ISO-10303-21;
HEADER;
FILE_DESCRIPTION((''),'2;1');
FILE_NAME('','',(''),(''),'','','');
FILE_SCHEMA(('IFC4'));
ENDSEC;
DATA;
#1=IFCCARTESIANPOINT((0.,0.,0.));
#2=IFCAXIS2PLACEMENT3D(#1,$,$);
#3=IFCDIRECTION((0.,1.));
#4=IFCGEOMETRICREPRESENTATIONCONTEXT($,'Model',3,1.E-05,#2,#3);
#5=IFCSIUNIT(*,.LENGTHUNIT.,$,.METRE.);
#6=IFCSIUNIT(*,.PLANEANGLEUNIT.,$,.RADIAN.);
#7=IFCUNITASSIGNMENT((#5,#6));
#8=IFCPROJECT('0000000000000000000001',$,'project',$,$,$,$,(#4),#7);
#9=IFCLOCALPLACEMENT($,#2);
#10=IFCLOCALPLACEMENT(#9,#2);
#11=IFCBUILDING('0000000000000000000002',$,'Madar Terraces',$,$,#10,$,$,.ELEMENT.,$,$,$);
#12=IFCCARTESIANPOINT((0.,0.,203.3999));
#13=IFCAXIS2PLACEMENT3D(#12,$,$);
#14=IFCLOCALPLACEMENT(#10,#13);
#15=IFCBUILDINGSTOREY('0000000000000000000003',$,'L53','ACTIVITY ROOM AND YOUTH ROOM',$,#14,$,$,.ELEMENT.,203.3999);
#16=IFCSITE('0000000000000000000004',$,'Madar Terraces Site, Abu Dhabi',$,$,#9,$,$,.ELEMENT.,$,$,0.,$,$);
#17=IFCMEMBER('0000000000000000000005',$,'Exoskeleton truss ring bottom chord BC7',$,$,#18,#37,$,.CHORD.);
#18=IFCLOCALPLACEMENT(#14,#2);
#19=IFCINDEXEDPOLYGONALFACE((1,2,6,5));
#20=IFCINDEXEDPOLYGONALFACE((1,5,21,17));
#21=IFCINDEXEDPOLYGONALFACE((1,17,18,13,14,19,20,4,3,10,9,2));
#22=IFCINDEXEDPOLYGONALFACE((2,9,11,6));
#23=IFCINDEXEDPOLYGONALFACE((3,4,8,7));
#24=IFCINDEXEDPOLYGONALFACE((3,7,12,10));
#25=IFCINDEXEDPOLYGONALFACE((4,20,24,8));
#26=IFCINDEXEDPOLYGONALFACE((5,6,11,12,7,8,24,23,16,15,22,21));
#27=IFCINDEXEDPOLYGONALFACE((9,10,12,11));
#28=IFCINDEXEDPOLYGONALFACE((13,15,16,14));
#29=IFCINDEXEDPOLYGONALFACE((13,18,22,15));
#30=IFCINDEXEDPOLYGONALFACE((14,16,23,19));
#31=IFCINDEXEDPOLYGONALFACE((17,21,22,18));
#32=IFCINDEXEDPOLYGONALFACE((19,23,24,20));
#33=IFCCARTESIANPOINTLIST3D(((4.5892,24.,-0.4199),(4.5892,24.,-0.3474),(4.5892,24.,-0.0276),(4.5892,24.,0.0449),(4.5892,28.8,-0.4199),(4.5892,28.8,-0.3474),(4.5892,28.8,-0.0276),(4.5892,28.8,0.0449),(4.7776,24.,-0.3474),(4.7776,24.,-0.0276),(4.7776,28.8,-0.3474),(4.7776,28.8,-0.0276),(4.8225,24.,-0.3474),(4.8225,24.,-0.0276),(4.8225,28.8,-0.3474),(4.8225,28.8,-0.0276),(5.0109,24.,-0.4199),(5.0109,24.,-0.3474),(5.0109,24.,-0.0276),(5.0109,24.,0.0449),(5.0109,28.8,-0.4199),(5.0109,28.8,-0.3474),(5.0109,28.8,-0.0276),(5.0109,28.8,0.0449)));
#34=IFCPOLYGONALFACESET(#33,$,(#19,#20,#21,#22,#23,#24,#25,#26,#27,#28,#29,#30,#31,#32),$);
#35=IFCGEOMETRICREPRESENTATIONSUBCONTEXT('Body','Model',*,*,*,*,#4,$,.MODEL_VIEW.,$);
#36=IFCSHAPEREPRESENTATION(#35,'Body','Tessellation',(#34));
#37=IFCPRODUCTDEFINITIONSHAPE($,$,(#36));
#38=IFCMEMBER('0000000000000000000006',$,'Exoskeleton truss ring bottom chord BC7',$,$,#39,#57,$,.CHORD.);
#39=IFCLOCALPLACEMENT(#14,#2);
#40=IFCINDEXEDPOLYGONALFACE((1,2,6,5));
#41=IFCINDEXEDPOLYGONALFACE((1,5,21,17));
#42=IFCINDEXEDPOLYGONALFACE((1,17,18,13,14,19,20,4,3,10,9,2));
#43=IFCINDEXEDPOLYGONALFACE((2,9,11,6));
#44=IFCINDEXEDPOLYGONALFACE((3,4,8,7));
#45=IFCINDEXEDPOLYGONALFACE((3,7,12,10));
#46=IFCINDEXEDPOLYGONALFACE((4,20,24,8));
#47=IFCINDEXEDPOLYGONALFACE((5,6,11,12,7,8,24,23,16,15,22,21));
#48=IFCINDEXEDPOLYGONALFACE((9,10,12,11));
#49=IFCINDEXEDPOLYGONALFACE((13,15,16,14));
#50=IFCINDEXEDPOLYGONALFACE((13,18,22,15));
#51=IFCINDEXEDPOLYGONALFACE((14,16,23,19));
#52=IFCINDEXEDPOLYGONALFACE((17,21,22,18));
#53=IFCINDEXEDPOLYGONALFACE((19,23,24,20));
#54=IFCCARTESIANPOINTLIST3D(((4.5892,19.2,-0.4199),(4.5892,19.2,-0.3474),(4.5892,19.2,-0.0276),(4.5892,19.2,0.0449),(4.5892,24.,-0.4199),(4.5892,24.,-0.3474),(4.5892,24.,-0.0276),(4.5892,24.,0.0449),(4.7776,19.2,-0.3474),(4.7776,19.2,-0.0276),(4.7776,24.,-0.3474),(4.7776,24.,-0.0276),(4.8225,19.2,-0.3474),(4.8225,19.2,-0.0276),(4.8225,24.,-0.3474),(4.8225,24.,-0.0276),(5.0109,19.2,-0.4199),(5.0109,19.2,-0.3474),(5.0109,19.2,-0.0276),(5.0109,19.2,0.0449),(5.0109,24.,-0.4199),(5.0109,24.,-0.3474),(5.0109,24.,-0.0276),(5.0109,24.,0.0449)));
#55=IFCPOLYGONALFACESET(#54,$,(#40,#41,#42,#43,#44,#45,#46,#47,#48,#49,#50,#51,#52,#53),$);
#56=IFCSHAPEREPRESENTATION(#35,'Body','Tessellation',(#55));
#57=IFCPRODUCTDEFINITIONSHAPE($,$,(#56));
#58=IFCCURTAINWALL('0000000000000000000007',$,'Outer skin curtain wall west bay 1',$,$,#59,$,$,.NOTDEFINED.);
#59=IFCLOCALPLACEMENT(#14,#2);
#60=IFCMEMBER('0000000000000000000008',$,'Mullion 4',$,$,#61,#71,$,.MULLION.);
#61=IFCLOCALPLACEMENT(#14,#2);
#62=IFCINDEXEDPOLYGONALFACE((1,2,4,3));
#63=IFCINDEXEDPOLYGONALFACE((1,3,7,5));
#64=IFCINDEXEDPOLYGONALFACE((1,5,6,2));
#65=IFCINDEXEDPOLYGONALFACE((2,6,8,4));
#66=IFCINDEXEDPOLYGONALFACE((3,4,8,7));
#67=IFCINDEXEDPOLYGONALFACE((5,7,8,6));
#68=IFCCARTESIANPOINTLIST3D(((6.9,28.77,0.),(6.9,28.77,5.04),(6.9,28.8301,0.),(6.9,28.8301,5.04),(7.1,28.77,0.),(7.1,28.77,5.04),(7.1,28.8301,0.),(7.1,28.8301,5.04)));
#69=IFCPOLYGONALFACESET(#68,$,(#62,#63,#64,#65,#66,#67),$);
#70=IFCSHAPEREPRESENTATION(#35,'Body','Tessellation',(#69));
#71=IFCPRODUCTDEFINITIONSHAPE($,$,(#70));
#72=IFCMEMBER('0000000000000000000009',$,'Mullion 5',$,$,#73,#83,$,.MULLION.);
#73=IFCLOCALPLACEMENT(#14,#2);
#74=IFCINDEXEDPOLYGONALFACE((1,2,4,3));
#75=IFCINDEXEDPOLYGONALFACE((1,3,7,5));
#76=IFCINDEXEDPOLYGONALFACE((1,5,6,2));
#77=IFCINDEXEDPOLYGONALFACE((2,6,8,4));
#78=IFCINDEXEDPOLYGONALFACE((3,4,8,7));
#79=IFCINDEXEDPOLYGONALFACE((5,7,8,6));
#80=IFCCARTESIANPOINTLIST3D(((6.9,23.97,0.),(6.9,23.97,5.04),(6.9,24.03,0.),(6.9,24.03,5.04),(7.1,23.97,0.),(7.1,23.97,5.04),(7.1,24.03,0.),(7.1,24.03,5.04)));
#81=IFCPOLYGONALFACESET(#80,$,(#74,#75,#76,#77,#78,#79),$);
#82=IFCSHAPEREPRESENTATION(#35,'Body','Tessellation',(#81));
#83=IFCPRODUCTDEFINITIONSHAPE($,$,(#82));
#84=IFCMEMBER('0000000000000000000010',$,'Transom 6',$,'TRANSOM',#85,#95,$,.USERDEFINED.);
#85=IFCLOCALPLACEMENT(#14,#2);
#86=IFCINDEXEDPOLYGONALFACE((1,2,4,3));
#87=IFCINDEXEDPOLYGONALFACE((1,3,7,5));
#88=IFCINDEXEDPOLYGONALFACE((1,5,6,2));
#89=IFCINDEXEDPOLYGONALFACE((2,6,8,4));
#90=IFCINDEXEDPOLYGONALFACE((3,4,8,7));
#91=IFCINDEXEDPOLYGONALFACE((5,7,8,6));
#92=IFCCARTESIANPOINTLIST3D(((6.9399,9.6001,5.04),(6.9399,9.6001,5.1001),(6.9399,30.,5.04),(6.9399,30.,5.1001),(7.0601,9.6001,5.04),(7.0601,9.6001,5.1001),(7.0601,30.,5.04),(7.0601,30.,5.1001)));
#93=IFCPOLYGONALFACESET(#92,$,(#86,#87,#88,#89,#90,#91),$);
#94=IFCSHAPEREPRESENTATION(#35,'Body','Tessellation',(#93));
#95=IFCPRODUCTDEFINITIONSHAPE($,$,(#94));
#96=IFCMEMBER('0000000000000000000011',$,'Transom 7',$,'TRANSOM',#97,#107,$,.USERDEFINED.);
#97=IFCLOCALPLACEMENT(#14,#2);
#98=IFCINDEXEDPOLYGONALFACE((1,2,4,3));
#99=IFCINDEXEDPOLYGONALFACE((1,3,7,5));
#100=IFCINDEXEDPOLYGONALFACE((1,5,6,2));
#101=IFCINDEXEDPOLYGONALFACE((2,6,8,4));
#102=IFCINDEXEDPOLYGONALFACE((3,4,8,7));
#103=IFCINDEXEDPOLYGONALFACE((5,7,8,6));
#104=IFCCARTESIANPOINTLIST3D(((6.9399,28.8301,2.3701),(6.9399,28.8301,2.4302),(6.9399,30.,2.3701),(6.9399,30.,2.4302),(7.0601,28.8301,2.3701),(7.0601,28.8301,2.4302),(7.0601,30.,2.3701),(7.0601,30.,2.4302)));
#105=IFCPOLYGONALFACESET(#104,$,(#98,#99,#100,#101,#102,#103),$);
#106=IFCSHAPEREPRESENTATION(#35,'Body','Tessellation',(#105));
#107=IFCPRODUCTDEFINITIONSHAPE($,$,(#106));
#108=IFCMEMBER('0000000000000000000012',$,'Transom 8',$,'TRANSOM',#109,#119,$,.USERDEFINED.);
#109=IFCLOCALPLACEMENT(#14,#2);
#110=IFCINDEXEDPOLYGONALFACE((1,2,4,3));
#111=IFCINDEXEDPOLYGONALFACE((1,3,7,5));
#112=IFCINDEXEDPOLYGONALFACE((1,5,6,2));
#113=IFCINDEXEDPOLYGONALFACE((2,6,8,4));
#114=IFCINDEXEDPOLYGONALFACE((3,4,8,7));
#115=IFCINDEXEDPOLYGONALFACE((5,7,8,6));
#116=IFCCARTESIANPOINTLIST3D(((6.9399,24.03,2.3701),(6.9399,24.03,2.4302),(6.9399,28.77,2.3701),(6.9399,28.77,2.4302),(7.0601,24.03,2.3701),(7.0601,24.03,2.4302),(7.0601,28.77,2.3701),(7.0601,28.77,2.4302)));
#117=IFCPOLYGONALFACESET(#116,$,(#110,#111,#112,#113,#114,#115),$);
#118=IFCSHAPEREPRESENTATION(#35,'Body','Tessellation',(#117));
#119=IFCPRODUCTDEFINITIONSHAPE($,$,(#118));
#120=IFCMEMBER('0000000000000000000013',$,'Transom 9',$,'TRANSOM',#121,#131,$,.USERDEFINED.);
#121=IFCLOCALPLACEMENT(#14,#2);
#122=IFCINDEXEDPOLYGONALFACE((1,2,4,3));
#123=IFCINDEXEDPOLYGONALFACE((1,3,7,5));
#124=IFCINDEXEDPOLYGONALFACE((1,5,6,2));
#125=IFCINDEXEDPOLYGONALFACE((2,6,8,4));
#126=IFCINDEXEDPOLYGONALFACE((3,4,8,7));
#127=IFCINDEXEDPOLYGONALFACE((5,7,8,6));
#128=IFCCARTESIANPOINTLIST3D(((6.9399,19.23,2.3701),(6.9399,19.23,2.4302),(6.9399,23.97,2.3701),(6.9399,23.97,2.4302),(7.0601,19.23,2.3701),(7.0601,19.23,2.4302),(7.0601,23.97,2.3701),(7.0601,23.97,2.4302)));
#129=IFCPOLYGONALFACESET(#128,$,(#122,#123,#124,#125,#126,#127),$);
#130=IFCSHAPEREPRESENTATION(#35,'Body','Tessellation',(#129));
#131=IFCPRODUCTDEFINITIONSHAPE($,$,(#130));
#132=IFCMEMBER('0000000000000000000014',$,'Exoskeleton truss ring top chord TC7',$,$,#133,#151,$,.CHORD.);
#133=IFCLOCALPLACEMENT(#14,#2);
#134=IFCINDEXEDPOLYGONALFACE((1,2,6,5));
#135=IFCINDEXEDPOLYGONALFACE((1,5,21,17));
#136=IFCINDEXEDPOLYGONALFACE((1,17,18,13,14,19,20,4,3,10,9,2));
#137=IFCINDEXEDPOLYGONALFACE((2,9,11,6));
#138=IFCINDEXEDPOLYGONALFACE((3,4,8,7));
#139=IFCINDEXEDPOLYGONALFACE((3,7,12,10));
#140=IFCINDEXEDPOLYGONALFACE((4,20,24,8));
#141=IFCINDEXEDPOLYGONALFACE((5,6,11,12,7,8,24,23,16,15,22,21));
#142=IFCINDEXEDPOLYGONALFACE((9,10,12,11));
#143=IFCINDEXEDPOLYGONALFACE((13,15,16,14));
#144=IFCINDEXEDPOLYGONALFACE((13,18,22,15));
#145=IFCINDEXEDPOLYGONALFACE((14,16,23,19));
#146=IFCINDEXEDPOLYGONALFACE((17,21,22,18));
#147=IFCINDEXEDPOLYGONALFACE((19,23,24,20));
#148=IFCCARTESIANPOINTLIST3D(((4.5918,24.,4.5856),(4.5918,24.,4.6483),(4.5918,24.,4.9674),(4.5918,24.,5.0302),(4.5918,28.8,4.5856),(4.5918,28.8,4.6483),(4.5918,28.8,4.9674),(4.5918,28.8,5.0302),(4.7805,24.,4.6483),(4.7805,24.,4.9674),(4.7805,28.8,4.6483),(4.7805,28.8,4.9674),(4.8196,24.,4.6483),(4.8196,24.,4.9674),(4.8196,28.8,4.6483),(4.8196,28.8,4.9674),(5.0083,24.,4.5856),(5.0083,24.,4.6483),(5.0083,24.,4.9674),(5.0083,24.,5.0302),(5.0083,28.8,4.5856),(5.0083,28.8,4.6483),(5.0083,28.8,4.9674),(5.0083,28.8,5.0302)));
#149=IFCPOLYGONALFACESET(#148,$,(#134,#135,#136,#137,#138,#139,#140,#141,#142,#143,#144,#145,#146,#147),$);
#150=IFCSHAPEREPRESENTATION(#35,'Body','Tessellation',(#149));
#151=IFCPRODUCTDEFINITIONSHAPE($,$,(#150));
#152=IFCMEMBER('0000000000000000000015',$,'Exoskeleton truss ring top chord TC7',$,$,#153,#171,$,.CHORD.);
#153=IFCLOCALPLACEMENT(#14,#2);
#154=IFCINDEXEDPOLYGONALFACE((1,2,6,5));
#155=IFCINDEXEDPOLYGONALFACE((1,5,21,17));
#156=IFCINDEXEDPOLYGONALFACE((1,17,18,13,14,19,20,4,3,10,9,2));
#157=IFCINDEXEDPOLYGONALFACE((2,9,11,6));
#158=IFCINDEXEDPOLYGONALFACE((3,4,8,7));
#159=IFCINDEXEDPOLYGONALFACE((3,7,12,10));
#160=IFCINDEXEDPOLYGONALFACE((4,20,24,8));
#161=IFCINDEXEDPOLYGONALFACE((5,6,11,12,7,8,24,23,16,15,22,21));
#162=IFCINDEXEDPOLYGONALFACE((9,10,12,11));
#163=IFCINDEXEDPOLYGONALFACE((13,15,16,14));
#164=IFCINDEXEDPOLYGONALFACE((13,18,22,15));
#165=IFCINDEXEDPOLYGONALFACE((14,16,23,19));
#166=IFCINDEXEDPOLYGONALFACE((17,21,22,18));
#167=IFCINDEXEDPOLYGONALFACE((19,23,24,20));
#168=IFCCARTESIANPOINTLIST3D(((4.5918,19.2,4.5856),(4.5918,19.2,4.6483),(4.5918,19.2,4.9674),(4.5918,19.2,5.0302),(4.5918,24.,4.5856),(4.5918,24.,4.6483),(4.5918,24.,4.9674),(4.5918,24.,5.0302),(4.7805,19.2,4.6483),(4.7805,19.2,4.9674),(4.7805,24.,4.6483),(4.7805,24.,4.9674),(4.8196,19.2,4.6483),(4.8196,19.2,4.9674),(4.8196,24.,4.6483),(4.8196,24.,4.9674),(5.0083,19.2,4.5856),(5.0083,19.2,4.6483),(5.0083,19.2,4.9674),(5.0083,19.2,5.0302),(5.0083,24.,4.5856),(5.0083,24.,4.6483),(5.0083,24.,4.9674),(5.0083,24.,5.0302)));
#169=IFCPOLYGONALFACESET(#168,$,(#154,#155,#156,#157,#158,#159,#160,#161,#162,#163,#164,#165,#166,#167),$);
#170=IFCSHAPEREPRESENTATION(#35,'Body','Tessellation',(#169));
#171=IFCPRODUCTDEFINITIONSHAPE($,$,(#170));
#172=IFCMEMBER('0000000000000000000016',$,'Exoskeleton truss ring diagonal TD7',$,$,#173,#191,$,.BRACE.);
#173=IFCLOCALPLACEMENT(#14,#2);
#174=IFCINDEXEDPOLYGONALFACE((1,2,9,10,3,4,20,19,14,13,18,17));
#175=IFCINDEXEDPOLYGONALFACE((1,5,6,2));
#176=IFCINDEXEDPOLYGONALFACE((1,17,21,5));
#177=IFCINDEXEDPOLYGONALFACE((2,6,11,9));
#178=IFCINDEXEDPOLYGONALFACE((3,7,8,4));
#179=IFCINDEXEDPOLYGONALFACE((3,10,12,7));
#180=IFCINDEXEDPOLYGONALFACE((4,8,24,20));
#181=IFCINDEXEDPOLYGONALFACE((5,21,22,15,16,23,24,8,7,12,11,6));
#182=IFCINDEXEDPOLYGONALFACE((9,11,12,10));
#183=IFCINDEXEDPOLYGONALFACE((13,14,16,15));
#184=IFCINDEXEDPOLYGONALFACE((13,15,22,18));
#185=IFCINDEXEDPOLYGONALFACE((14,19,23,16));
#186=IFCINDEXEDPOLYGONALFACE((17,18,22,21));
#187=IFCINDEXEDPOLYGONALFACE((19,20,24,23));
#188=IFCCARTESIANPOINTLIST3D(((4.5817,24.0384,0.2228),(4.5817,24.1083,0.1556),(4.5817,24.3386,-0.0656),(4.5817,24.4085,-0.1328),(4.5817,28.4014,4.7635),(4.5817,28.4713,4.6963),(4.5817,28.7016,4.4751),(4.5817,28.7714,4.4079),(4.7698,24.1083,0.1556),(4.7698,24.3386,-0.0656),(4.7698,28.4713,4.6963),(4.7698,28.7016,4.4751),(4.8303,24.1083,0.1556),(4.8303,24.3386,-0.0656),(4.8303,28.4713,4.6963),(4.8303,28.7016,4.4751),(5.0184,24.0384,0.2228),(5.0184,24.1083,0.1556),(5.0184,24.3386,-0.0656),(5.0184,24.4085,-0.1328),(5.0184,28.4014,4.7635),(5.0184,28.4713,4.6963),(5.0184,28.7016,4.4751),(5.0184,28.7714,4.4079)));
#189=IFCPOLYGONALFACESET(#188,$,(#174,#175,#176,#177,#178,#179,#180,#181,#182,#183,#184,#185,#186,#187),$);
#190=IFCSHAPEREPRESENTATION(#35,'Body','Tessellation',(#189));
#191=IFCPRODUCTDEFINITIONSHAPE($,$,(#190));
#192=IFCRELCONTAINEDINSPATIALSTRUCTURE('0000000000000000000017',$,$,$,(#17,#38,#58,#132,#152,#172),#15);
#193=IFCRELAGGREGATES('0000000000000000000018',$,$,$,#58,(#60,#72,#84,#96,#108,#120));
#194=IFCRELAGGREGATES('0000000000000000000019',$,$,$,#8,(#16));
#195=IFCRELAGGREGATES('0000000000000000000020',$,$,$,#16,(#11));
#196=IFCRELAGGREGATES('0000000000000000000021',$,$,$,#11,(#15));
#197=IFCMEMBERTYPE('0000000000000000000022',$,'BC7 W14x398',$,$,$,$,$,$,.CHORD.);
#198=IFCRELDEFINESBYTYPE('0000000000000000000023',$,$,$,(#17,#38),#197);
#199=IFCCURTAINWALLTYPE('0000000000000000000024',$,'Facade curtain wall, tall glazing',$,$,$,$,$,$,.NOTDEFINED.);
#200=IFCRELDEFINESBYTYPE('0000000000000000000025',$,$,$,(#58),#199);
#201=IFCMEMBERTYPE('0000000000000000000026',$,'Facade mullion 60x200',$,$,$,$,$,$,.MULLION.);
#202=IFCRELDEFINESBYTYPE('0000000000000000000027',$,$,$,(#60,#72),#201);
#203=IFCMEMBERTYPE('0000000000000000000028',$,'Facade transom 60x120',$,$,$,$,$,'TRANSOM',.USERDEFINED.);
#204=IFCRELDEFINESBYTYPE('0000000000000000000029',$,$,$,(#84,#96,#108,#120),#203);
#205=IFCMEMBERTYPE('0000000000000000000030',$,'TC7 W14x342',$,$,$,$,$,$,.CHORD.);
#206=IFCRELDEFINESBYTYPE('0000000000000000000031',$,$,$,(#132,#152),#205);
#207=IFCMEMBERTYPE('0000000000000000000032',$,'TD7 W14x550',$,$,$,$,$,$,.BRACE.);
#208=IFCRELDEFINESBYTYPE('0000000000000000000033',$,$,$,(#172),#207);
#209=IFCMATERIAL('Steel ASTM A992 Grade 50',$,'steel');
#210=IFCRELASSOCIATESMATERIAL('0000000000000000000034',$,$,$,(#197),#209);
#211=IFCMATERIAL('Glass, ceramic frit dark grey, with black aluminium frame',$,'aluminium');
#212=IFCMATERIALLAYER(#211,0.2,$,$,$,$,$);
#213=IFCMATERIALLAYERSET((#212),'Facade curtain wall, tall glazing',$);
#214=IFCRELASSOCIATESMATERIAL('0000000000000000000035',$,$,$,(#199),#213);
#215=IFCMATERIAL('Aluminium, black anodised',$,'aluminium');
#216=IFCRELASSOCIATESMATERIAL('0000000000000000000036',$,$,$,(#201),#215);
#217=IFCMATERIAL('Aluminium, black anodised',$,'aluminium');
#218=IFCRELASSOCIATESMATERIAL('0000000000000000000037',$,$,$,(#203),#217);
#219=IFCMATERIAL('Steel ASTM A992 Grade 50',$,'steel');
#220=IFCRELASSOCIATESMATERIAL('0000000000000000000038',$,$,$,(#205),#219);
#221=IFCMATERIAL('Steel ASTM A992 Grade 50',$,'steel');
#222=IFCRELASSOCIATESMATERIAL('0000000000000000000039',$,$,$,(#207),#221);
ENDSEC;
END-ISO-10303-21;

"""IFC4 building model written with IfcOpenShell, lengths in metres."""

from ifc_helpers import new_model, si_unit, direction, frame, origin, origin_2d, place, context, subcontext, project, spatial, rectangle, i_section, extrude, material, layer, layer_set, material_profile, profile_set, type_object, element, aggregate, save


model = new_model("IFC4")

# Units and contexts
model_context = context("Model", 3, precision=1e-05, world=origin(), true_north=direction((0.0, 1.0)))
body_context = subcontext(model_context, "Body", "Model", "MODEL_VIEW")
ifc_project = project(units=[si_unit("LENGTHUNIT", "METRE"), si_unit("PLANEANGLEUNIT", "RADIAN")], contexts=[model_context])

# Site, building, storey
site_placement = place(None, origin())
site = spatial("IfcSite", under=ifc_project, at=site_placement, Name="Madar Terraces Site, Abu Dhabi", CompositionType="ELEMENT", RefElevation=0.0)
building_placement = place(site_placement, origin())
building = spatial("IfcBuilding", under=site, at=building_placement, Name="Madar Terraces", CompositionType="ELEMENT")
storey_placement = place(building_placement, frame((0.0, 0.0, 203.3999)))
storey = spatial("IfcBuildingStorey", under=building, at=storey_placement, Name="L53", Description="ACTIVITY ROOM AND YOUTH ROOM", CompositionType="ELEMENT", Elevation=203.3999)

# Members
ifc_material_1 = material(Name="Steel ASTM A992 Grade 50", Category="steel")
ifc_material_profile_1 = material_profile(ifc_material_1, i_section(OverallWidth=0.4216, OverallDepth=0.4648, WebThickness=0.0449, FlangeThickness=0.0725, at=origin_2d()), Name="W14x398")
ifc_profile_set_1 = profile_set([ifc_material_profile_1], Name="Steel ASTM A992 Grade 50")
member_type_1 = type_object("IfcMemberType", Name="BC7 W14x398", PredefinedType="CHORD", material=ifc_profile_set_1)
for number, where, z_axis, x_axis, name in (
    (1, (4.8, 28.8, -0.1875), (0.0, -1.0, 0.0), (1.0, 0.0, 0.0), "Exoskeleton truss ring bottom chord BC7"),
    (2, (4.8, 24.0, -0.1875), (0.0, -1.0, 0.0), (1.0, 0.0, 0.0), "Exoskeleton truss ring bottom chord BC7"),
):
    element("IfcMember", number, at=place(storey_placement, frame(where, z_axis=z_axis, x_axis=x_axis)), inside=storey, type_object=member_type_1, Name=name, PredefinedType="CHORD", context=body_context, shape_type="SweptSolid", body=[
        extrude(i_section(OverallWidth=0.4216, OverallDepth=0.4648, WebThickness=0.0449, FlangeThickness=0.0725, at=origin_2d()), origin(), (0.0, 0.0, 1.0), 4.8),
    ])

# Curtain wall, members
ifc_material_2 = material(Name="Glass, ceramic frit dark grey, with black aluminium frame", Category="aluminium")
ifc_layer_1 = layer(ifc_material_2, 0.2)
ifc_layer_set_1 = layer_set([ifc_layer_1], Name="Facade curtain wall, tall glazing")
curtain_wall_type = type_object("IfcCurtainWallType", Name="Facade curtain wall, tall glazing", PredefinedType="NOTDEFINED", material=ifc_layer_set_1)
curtain_wall_placement = place(storey_placement, origin())
curtain_wall = element("IfcCurtainWall", 3, at=curtain_wall_placement, inside=storey, type_object=curtain_wall_type, Name="Outer skin curtain wall west bay 1", PredefinedType="NOTDEFINED")
ifc_material_3 = material(Name="Aluminium, black anodised", Category="aluminium")
ifc_material_profile_2 = material_profile(ifc_material_3, rectangle(XDim=0.2, YDim=0.0601, at=origin_2d()), Name="Facade mullion 60x200")
ifc_profile_set_2 = profile_set([ifc_material_profile_2], Name="Aluminium, black anodised")
member_type_2 = type_object("IfcMemberType", Name="Facade mullion 60x200", PredefinedType="MULLION", material=ifc_profile_set_2)
member_1_placement = place(storey_placement, frame((7.0, 28.8, 0.0), z_axis=(0.0, 0.0, 1.0), x_axis=(1.0, 0.0, 0.0)))
member_1 = element("IfcMember", 4, at=member_1_placement, type_object=member_type_2, Name="Mullion 4", PredefinedType="MULLION", context=body_context, shape_type="SweptSolid", body=[
    extrude(rectangle(XDim=0.2, YDim=0.0601, at=origin_2d()), origin(), (0.0, 0.0, 1.0), 5.04),
])
member_2_placement = place(storey_placement, frame((7.0, 24.0, 0.0), z_axis=(0.0, 0.0, 1.0), x_axis=(1.0, 0.0, 0.0)))
member_2 = element("IfcMember", 5, at=member_2_placement, type_object=member_type_2, Name="Mullion 5", PredefinedType="MULLION", context=body_context, shape_type="SweptSolid", body=[
    extrude(rectangle(XDim=0.2, YDim=0.0601, at=origin_2d()), origin(), (0.0, 0.0, 1.0), 5.04),
])
ifc_material_4 = material(Name="Aluminium, black anodised", Category="aluminium")
ifc_material_profile_3 = material_profile(ifc_material_4, rectangle(XDim=0.1201, YDim=0.0601, at=origin_2d()), Name="Facade transom 60x120")
ifc_profile_set_3 = profile_set([ifc_material_profile_3], Name="Aluminium, black anodised")
member_type_3 = type_object("IfcMemberType", Name="Facade transom 60x120", ElementType="TRANSOM", PredefinedType="USERDEFINED", material=ifc_profile_set_3)
member_3_placement = place(storey_placement, frame((7.0, 30.0, 5.0701), z_axis=(0.0, -1.0, 0.0), x_axis=(1.0, 0.0, 0.0)))
member_3 = element("IfcMember", 6, at=member_3_placement, type_object=member_type_3, Name="Transom 6", ObjectType="TRANSOM", PredefinedType="USERDEFINED", context=body_context, shape_type="SweptSolid", body=[
    extrude(rectangle(XDim=0.1201, YDim=0.0601, at=origin_2d()), origin(), (0.0, 0.0, 1.0), 20.3999),
])
member_4_placement = place(storey_placement, frame((7.0, 30.0, 2.4001), z_axis=(0.0, -1.0, 0.0), x_axis=(1.0, 0.0, 0.0)))
member_4 = element("IfcMember", 7, at=member_4_placement, type_object=member_type_3, Name="Transom 7", ObjectType="TRANSOM", PredefinedType="USERDEFINED", context=body_context, shape_type="SweptSolid", body=[
    extrude(rectangle(XDim=0.1201, YDim=0.0601, at=origin_2d()), origin(), (0.0, 0.0, 1.0), 1.1699),
])
member_5_placement = place(storey_placement, frame((7.0, 28.77, 2.4001), z_axis=(0.0, -1.0, 0.0), x_axis=(1.0, 0.0, 0.0)))
member_5 = element("IfcMember", 8, at=member_5_placement, type_object=member_type_3, Name="Transom 8", ObjectType="TRANSOM", PredefinedType="USERDEFINED", context=body_context, shape_type="SweptSolid", body=[
    extrude(rectangle(XDim=0.1201, YDim=0.0601, at=origin_2d()), origin(), (0.0, 0.0, 1.0), 4.74),
])
member_6_placement = place(storey_placement, frame((7.0, 23.97, 2.4001), z_axis=(0.0, -1.0, 0.0), x_axis=(1.0, 0.0, 0.0)))
member_6 = element("IfcMember", 9, at=member_6_placement, type_object=member_type_3, Name="Transom 9", ObjectType="TRANSOM", PredefinedType="USERDEFINED", context=body_context, shape_type="SweptSolid", body=[
    extrude(rectangle(XDim=0.1201, YDim=0.0601, at=origin_2d()), origin(), (0.0, 0.0, 1.0), 4.74),
])

# Members
ifc_material_5 = material(Name="Steel ASTM A992 Grade 50", Category="steel")
ifc_material_profile_4 = material_profile(ifc_material_5, i_section(OverallWidth=0.4165, OverallDepth=0.4446, WebThickness=0.0391, FlangeThickness=0.0627, at=origin_2d()), Name="W14x342")
ifc_profile_set_4 = profile_set([ifc_material_profile_4], Name="Steel ASTM A992 Grade 50")
member_type_4 = type_object("IfcMemberType", Name="TC7 W14x342", PredefinedType="CHORD", material=ifc_profile_set_4)
for number, where, z_axis, x_axis, name in (
    (10, (4.8, 28.8, 4.8079), (0.0, -1.0, 0.0), (1.0, 0.0, 0.0), "Exoskeleton truss ring top chord TC7"),
    (11, (4.8, 24.0, 4.8079), (0.0, -1.0, 0.0), (1.0, 0.0, 0.0), "Exoskeleton truss ring top chord TC7"),
):
    element("IfcMember", number, at=place(storey_placement, frame(where, z_axis=z_axis, x_axis=x_axis)), inside=storey, type_object=member_type_4, Name=name, PredefinedType="CHORD", context=body_context, shape_type="SweptSolid", body=[
        extrude(i_section(OverallWidth=0.4165, OverallDepth=0.4446, WebThickness=0.0391, FlangeThickness=0.0627, at=origin_2d()), origin(), (0.0, 0.0, 1.0), 4.8),
    ])
ifc_material_6 = material(Name="Steel ASTM A992 Grade 50", Category="steel")
ifc_material_profile_5 = material_profile(ifc_material_6, i_section(OverallWidth=0.4368, OverallDepth=0.5132, WebThickness=0.0605, FlangeThickness=0.0969, at=origin_2d()), Name="W14x550")
ifc_profile_set_5 = profile_set([ifc_material_profile_5], Name="Steel ASTM A992 Grade 50")
member_type_5 = type_object("IfcMemberType", Name="TD7 W14x550", PredefinedType="BRACE", material=ifc_profile_set_5)
member_7_placement = place(storey_placement, frame((4.8, 28.5864, 4.5857), z_axis=(0.0, -0.692854, -0.721078), x_axis=(1.0, 0.0, 0.0)))
element("IfcMember", 12, at=member_7_placement, inside=storey, type_object=member_type_5, Name="Exoskeleton truss ring diagonal TD7", PredefinedType="BRACE", context=body_context, shape_type="SweptSolid", body=[
    extrude(i_section(OverallWidth=0.4368, OverallDepth=0.5132, WebThickness=0.0605, FlangeThickness=0.0969, at=origin_2d()), origin(), (0.0, 0.0, 1.0), 6.2971),
])

aggregate(curtain_wall, [member_1, member_2, member_3, member_4, member_5, member_6])

save(model, "model.ifc")
